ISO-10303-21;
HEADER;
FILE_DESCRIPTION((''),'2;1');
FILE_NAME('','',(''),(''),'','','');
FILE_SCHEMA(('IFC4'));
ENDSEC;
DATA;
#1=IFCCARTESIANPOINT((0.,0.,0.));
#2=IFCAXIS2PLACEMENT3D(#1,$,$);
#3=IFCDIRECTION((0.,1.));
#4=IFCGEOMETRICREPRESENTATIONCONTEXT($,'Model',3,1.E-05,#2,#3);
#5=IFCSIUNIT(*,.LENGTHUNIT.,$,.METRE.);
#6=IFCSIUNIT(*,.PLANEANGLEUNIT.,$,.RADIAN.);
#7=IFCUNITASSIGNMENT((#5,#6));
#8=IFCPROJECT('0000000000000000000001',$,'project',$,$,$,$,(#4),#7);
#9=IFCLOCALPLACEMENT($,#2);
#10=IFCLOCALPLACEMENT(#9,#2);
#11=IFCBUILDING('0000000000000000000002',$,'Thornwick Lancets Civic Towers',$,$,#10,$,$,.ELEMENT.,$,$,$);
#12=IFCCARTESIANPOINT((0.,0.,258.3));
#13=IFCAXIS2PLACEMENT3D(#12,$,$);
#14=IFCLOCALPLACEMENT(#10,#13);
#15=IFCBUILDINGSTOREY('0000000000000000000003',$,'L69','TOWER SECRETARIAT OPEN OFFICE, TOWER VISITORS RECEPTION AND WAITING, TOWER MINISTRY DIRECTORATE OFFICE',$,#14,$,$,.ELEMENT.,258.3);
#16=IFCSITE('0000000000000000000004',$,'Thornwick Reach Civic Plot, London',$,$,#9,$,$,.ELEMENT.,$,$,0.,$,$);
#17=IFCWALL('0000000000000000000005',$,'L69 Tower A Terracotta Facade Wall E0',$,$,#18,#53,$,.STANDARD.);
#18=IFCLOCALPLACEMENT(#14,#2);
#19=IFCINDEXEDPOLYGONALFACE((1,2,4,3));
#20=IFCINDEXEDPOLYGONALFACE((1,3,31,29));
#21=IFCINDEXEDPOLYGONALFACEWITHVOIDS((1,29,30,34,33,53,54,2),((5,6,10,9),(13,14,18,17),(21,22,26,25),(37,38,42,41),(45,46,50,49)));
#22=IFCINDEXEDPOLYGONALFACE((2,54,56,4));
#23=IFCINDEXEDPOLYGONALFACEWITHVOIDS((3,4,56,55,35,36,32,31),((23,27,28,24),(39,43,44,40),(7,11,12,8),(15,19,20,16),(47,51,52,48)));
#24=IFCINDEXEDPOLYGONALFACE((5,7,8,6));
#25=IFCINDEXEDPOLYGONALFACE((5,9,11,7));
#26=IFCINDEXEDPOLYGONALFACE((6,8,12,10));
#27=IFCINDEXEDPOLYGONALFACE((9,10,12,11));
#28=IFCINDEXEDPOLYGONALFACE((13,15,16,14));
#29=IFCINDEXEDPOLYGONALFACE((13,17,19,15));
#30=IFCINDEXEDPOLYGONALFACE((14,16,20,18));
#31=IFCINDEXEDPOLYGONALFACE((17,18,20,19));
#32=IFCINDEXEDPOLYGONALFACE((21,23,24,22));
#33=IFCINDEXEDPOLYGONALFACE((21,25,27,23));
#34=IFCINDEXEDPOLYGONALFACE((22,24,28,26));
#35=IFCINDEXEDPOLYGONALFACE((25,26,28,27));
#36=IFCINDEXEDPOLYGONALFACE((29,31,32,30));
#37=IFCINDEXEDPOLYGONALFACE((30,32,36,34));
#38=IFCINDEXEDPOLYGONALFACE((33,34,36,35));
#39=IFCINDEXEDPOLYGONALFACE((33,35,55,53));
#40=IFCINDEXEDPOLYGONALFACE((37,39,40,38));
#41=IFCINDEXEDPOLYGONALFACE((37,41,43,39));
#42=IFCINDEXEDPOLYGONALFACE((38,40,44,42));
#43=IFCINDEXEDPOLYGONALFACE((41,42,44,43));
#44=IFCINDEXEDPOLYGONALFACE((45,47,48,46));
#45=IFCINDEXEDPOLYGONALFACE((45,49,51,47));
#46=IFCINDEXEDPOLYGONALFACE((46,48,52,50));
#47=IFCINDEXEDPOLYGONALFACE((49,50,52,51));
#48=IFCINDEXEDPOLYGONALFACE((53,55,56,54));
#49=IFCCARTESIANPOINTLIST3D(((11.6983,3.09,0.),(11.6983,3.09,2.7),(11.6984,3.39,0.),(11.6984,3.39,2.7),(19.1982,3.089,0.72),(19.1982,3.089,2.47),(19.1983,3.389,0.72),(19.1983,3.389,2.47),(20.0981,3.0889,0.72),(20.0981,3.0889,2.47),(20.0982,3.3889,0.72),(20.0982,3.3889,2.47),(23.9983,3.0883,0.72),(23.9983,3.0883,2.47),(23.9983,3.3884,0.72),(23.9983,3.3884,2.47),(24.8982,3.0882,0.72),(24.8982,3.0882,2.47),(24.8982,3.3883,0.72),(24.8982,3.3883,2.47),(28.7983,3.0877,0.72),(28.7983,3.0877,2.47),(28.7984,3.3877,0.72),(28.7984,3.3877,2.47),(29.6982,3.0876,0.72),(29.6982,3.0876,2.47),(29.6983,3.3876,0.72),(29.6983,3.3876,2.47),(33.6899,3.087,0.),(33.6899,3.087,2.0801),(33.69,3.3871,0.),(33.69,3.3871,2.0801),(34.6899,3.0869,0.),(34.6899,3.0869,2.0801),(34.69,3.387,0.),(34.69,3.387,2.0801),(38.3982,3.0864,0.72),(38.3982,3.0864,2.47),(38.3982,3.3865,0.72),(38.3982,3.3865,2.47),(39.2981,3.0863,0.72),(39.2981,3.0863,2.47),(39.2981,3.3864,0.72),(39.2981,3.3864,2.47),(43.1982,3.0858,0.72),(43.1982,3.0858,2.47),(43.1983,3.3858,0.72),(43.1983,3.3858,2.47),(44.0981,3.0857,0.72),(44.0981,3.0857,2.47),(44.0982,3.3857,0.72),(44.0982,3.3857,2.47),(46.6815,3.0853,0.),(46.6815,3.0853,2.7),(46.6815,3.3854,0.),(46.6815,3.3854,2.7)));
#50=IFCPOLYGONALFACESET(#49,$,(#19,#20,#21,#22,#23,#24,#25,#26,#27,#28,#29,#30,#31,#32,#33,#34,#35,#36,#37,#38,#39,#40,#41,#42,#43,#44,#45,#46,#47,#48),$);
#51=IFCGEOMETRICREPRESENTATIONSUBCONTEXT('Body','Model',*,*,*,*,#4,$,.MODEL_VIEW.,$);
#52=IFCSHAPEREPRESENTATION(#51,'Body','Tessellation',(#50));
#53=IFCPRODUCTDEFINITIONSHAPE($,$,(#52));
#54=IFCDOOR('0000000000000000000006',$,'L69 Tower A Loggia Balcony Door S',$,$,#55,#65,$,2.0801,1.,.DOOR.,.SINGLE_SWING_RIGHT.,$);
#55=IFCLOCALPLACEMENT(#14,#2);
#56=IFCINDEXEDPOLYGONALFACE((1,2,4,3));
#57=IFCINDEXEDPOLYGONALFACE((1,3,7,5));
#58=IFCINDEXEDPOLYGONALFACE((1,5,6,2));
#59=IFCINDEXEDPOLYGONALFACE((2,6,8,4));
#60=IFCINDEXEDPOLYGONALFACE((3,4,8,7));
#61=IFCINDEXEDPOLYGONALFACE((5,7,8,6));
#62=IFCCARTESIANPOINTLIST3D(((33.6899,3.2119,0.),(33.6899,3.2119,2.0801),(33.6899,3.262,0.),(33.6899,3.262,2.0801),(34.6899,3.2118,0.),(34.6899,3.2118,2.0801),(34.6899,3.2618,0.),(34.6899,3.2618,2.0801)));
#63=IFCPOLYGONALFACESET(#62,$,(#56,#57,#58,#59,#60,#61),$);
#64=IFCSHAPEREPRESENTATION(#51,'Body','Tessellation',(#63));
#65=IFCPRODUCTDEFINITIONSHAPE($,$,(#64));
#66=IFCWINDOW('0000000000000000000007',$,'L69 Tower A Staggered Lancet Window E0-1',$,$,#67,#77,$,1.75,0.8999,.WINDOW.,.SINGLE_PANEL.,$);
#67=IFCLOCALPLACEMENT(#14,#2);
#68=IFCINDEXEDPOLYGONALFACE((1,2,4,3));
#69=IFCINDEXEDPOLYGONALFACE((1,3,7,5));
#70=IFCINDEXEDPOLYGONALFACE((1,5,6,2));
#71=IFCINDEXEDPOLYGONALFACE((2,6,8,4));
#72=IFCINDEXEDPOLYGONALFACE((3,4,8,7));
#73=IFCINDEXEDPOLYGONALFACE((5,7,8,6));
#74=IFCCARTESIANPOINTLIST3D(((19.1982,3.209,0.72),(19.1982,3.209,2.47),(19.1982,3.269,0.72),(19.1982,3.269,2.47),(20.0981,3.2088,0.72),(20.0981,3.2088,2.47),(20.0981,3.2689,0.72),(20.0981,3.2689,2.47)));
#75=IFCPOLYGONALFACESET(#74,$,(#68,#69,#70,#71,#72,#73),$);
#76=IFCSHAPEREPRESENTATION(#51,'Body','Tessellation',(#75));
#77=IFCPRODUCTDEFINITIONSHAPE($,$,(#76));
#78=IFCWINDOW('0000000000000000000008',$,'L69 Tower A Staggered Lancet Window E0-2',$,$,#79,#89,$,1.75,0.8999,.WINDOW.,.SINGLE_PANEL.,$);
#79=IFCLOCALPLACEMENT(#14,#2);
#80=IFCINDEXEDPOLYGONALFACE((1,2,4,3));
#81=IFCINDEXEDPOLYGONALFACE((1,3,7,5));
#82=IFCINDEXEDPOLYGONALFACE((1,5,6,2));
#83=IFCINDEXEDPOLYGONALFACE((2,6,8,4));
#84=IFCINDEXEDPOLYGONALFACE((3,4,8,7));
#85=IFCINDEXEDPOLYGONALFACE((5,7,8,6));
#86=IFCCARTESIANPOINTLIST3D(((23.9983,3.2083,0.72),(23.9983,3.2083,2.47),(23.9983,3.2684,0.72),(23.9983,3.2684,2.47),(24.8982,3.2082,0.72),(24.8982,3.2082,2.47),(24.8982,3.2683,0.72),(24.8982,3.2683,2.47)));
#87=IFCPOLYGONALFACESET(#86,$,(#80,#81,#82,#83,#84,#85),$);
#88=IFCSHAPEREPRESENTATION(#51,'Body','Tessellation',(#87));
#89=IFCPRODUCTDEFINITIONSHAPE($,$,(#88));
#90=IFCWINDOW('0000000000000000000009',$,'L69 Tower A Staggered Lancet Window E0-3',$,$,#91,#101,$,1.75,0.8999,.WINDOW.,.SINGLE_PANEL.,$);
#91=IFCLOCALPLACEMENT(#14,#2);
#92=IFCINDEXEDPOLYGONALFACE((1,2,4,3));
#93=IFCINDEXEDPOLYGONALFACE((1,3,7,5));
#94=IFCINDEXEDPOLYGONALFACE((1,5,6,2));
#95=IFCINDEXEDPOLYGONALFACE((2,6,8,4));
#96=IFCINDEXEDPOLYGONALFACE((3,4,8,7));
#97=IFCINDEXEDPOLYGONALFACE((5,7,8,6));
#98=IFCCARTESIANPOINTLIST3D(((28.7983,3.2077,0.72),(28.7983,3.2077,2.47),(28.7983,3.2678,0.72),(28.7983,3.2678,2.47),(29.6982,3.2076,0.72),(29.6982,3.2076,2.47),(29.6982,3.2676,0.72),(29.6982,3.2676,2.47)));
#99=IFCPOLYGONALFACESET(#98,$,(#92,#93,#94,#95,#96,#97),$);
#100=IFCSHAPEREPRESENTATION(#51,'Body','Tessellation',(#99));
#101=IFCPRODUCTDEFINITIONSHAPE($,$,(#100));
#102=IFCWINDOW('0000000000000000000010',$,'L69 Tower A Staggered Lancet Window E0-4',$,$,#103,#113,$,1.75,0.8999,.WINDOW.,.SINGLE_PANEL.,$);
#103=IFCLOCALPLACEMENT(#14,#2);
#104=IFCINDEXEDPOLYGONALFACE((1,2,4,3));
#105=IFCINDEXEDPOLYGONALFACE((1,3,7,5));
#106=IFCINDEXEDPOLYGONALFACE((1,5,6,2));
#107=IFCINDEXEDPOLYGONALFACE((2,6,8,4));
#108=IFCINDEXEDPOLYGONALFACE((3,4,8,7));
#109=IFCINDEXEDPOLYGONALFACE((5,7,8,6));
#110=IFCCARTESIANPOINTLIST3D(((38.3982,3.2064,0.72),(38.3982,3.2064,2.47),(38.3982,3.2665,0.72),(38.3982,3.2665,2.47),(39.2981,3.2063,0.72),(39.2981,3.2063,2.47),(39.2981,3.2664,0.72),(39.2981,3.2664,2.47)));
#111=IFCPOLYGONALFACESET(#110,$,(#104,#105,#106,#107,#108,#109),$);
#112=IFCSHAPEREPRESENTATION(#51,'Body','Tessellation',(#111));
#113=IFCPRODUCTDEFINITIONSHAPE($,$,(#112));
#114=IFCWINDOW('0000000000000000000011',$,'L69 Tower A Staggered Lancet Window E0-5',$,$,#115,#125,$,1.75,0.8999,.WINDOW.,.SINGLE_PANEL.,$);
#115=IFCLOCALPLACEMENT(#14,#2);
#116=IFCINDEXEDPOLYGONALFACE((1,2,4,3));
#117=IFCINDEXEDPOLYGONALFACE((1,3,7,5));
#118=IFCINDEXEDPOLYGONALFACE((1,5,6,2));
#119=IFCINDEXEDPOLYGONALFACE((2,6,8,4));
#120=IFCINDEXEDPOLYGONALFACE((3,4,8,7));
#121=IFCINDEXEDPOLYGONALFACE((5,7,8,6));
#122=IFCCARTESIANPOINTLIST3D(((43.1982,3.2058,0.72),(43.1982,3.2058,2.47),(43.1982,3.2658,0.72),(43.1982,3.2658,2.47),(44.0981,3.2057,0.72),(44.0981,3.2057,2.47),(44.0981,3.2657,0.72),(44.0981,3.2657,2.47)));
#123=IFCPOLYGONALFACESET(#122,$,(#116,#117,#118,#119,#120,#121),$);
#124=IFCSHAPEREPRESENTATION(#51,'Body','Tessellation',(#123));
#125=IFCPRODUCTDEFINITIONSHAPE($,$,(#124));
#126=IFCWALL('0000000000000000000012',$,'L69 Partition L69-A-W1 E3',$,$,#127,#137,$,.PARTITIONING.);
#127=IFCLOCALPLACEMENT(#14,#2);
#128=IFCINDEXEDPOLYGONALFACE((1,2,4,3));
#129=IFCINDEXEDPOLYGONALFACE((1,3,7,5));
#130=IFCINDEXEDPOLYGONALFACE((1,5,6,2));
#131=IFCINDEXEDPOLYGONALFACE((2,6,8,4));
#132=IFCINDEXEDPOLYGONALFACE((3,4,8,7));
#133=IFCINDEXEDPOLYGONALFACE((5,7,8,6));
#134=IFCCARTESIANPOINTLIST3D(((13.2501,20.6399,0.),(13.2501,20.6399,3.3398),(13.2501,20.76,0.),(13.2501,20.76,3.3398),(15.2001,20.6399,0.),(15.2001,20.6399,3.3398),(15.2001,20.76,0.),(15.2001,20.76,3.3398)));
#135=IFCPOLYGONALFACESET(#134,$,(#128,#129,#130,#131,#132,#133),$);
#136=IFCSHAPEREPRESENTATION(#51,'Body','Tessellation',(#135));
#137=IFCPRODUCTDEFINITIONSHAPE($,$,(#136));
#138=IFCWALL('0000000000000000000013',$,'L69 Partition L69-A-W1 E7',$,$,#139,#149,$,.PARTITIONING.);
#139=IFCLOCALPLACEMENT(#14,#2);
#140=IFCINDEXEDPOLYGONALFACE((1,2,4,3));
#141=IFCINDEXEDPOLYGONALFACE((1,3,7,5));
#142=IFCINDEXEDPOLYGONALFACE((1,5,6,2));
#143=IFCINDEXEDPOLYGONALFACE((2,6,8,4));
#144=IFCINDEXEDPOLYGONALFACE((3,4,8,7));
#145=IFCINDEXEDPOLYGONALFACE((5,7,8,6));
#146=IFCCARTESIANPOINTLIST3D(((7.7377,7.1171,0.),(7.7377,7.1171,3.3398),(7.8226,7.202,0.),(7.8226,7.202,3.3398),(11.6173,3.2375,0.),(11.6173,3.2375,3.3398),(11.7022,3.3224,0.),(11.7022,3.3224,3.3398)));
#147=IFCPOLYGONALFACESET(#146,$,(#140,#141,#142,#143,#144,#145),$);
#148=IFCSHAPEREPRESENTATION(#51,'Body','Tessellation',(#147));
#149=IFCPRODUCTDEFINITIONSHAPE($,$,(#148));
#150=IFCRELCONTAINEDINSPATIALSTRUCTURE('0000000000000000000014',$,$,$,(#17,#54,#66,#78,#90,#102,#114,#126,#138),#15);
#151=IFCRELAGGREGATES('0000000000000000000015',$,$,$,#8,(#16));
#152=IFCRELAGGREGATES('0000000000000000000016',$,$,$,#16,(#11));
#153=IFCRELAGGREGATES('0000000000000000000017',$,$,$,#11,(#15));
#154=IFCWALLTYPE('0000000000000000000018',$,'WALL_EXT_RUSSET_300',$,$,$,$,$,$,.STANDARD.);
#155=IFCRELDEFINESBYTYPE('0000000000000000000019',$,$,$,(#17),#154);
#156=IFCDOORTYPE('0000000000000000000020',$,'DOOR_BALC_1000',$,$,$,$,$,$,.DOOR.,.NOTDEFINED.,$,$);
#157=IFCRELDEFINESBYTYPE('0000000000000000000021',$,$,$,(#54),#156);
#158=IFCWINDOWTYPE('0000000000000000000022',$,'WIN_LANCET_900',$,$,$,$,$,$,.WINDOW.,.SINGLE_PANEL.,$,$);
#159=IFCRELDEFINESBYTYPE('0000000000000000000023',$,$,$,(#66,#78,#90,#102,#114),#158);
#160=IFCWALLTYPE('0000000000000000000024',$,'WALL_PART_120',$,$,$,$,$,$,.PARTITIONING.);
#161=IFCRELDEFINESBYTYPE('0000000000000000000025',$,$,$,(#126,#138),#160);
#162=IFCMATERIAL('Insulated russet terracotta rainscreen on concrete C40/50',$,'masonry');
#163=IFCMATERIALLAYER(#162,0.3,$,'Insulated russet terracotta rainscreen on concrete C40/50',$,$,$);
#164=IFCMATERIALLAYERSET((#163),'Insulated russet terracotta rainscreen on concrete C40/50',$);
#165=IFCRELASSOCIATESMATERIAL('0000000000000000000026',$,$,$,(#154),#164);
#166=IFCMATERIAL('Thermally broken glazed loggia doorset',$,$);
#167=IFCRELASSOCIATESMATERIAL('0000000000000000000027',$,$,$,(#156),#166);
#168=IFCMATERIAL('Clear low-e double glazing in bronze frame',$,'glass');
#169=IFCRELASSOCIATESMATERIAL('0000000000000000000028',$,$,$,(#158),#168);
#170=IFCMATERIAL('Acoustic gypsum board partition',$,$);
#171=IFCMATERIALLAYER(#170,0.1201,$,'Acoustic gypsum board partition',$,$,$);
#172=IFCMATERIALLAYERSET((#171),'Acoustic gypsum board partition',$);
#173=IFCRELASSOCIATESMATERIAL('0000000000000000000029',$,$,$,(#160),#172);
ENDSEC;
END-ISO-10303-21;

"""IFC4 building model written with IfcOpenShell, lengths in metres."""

from ifc_helpers import new_model, si_unit, direction, frame, frame_2d, origin, place, context, subcontext, project, spatial, rectangle, extrude, material, layer, layer_set, type_object, element, fill, save


model = new_model("IFC4")

# Units and contexts
model_context = context("Model", 3, precision=1e-05, world=origin(), true_north=direction((0.0, 1.0)))
body_context = subcontext(model_context, "Body", "Model", "MODEL_VIEW")
ifc_project = project(units=[si_unit("LENGTHUNIT", "METRE"), si_unit("PLANEANGLEUNIT", "RADIAN")], contexts=[model_context])

# Site, building, storey
site_placement = place(None, origin())
site = spatial("IfcSite", under=ifc_project, at=site_placement, Name="Thornwick Reach Civic Plot, London", CompositionType="ELEMENT", RefElevation=0.0)
building_placement = place(site_placement, origin())
building = spatial("IfcBuilding", under=site, at=building_placement, Name="Thornwick Lancets Civic Towers", CompositionType="ELEMENT")
storey_placement = place(building_placement, frame((0.0, 0.0, 258.3)))
storey = spatial("IfcBuildingStorey", under=building, at=storey_placement, Name="L69", Description="TOWER SECRETARIAT OPEN OFFICE, TOWER VISITORS RECEPTION AND WAITING, TOWER MINISTRY DIRECTORATE OFFICE", CompositionType="ELEMENT", Elevation=258.3)

# Wall, openings, door, windows
ifc_material_1 = material(Name="Insulated russet terracotta rainscreen on concrete C40/50", Category="masonry")
ifc_layer_1 = layer(ifc_material_1, 0.3, Name="Insulated russet terracotta rainscreen on concrete C40/50")
ifc_layer_set_1 = layer_set([ifc_layer_1], Name="Insulated russet terracotta rainscreen on concrete C40/50")
wall_type_1 = type_object("IfcWallType", Name="WALL_EXT_RUSSET_300", PredefinedType="STANDARD", material=ifc_layer_set_1)
wall_1_placement = place(storey_placement, frame((11.6982, 3.24, 0.0), z_axis=(0.0, 0.0, 1.0), x_axis=(1.0, -0.000133, 0.0)))
wall_1 = element("IfcWall", 1, at=wall_1_placement, inside=storey, type_object=wall_type_1, Name="L69 Tower A Terracotta Facade Wall E0", PredefinedType="STANDARD", context=body_context, shape_type="SweptSolid", body=[
    extrude(rectangle(XDim=34.9832, YDim=0.3, at=frame_2d((17.4917, 0.0))), origin(), (0.0, 0.0, 1.0), 2.7),
])
opening_1_placement = place(wall_1_placement, frame((21.9917, 0.0, 0.0)))
opening_1 = element("IfcOpeningElement", 2, at=opening_1_placement, cuts=wall_1, PredefinedType="OPENING", context=body_context, shape_type="SweptSolid", body=[
    extrude(rectangle(XDim=1.0, YDim=2.0801, at=frame_2d((0.5, 1.04))), frame((0.0, 0.1602, 0.0), z_axis=(0.0, -1.0, 0.0), x_axis=(1.0, 0.0, 0.0)), (0.0, 0.0, 1.0), 0.3201),
])
opening_2_placement = place(wall_1_placement, frame((7.5, 0.0, 0.72)))
opening_2 = element("IfcOpeningElement", 3, at=opening_2_placement, cuts=wall_1, PredefinedType="OPENING", context=body_context, shape_type="SweptSolid", body=[
    extrude(rectangle(XDim=0.8999, YDim=1.75, at=frame_2d((0.45, 0.875))), frame((0.0, 0.1602, 0.0), z_axis=(0.0, -1.0, 0.0), x_axis=(1.0, 0.0, 0.0)), (0.0, 0.0, 1.0), 0.3201),
])
opening_3_placement = place(wall_1_placement, frame((12.3, 0.0, 0.72)))
opening_3 = element("IfcOpeningElement", 4, at=opening_3_placement, cuts=wall_1, PredefinedType="OPENING", context=body_context, shape_type="SweptSolid", body=[
    extrude(rectangle(XDim=0.8999, YDim=1.75, at=frame_2d((0.45, 0.875))), frame((0.0, 0.1602, 0.0), z_axis=(0.0, -1.0, 0.0), x_axis=(1.0, 0.0, 0.0)), (0.0, 0.0, 1.0), 0.3201),
])
opening_4_placement = place(wall_1_placement, frame((17.1001, 0.0, 0.72)))
opening_4 = element("IfcOpeningElement", 5, at=opening_4_placement, cuts=wall_1, PredefinedType="OPENING", context=body_context, shape_type="SweptSolid", body=[
    extrude(rectangle(XDim=0.8999, YDim=1.75, at=frame_2d((0.45, 0.875))), frame((0.0, 0.1602, 0.0), z_axis=(0.0, -1.0, 0.0), x_axis=(1.0, 0.0, 0.0)), (0.0, 0.0, 1.0), 0.3201),
])
opening_5_placement = place(wall_1_placement, frame((26.7, 0.0, 0.72)))
opening_5 = element("IfcOpeningElement", 6, at=opening_5_placement, cuts=wall_1, PredefinedType="OPENING", context=body_context, shape_type="SweptSolid", body=[
    extrude(rectangle(XDim=0.8999, YDim=1.75, at=frame_2d((0.45, 0.875))), frame((0.0, 0.1602, 0.0), z_axis=(0.0, -1.0, 0.0), x_axis=(1.0, 0.0, 0.0)), (0.0, 0.0, 1.0), 0.3201),
])
opening_6_placement = place(wall_1_placement, frame((31.5, 0.0, 0.72)))
opening_6 = element("IfcOpeningElement", 7, at=opening_6_placement, cuts=wall_1, PredefinedType="OPENING", context=body_context, shape_type="SweptSolid", body=[
    extrude(rectangle(XDim=0.8999, YDim=1.75, at=frame_2d((0.45, 0.875))), frame((0.0, 0.1602, 0.0), z_axis=(0.0, -1.0, 0.0), x_axis=(1.0, 0.0, 0.0)), (0.0, 0.0, 1.0), 0.3201),
])
ifc_material_2 = material(Name="Thermally broken glazed loggia doorset")
door_type = type_object("IfcDoorType", Name="DOOR_BALC_1000", OperationType="NOTDEFINED", PredefinedType="DOOR", material=ifc_material_2)
door_placement = place(opening_1_placement, origin())
door = element("IfcDoor", 8, at=door_placement, inside=storey, type_object=door_type, Name="L69 Tower A Loggia Balcony Door S", OperationType="SINGLE_SWING_RIGHT", OverallHeight=2.0801, OverallWidth=1.0, PredefinedType="DOOR", context=body_context, shape_type="SweptSolid", body=[
    extrude(rectangle(XDim=1.0, YDim=2.0801, at=frame_2d((0.5, 1.04))), frame((0.0, 0.0249, 0.0), z_axis=(0.0, -1.0, 0.0), x_axis=(1.0, 0.0, 0.0)), (0.0, 0.0, 1.0), 0.05),
])
fill(opening_1, door)
ifc_material_3 = material(Name="Clear low-e double glazing in bronze frame", Category="glass")
window_type = type_object("IfcWindowType", Name="WIN_LANCET_900", PartitioningType="SINGLE_PANEL", PredefinedType="WINDOW", material=ifc_material_3)
window_1_placement = place(opening_2_placement, origin())
window_1 = element("IfcWindow", 9, at=window_1_placement, inside=storey, type_object=window_type, Name="L69 Tower A Staggered Lancet Window E0-1", OverallHeight=1.75, OverallWidth=0.8999, PartitioningType="SINGLE_PANEL", PredefinedType="WINDOW", context=body_context, shape_type="SweptSolid", body=[
    extrude(rectangle(XDim=0.8999, YDim=1.75, at=frame_2d((0.45, 0.875))), frame((0.0, 0.03, 0.0), z_axis=(0.0, -1.0, 0.0), x_axis=(1.0, 0.0, 0.0)), (0.0, 0.0, 1.0), 0.0601),
])
fill(opening_2, window_1)
window_2_placement = place(opening_3_placement, origin())
window_2 = element("IfcWindow", 10, at=window_2_placement, inside=storey, type_object=window_type, Name="L69 Tower A Staggered Lancet Window E0-2", OverallHeight=1.75, OverallWidth=0.8999, PartitioningType="SINGLE_PANEL", PredefinedType="WINDOW", context=body_context, shape_type="SweptSolid", body=[
    extrude(rectangle(XDim=0.8999, YDim=1.75, at=frame_2d((0.45, 0.875))), frame((0.0, 0.03, 0.0), z_axis=(0.0, -1.0, 0.0), x_axis=(1.0, 0.0, 0.0)), (0.0, 0.0, 1.0), 0.0601),
])
fill(opening_3, window_2)
window_3_placement = place(opening_4_placement, origin())
window_3 = element("IfcWindow", 11, at=window_3_placement, inside=storey, type_object=window_type, Name="L69 Tower A Staggered Lancet Window E0-3", OverallHeight=1.75, OverallWidth=0.8999, PartitioningType="SINGLE_PANEL", PredefinedType="WINDOW", context=body_context, shape_type="SweptSolid", body=[
    extrude(rectangle(XDim=0.8999, YDim=1.75, at=frame_2d((0.45, 0.875))), frame((0.0, 0.03, 0.0), z_axis=(0.0, -1.0, 0.0), x_axis=(1.0, 0.0, 0.0)), (0.0, 0.0, 1.0), 0.0601),
])
fill(opening_4, window_3)
window_4_placement = place(opening_5_placement, origin())
window_4 = element("IfcWindow", 12, at=window_4_placement, inside=storey, type_object=window_type, Name="L69 Tower A Staggered Lancet Window E0-4", OverallHeight=1.75, OverallWidth=0.8999, PartitioningType="SINGLE_PANEL", PredefinedType="WINDOW", context=body_context, shape_type="SweptSolid", body=[
    extrude(rectangle(XDim=0.8999, YDim=1.75, at=frame_2d((0.45, 0.875))), frame((0.0, 0.03, 0.0), z_axis=(0.0, -1.0, 0.0), x_axis=(1.0, 0.0, 0.0)), (0.0, 0.0, 1.0), 0.0601),
])
fill(opening_5, window_4)
window_5_placement = place(opening_6_placement, origin())
window_5 = element("IfcWindow", 13, at=window_5_placement, inside=storey, type_object=window_type, Name="L69 Tower A Staggered Lancet Window E0-5", OverallHeight=1.75, OverallWidth=0.8999, PartitioningType="SINGLE_PANEL", PredefinedType="WINDOW", context=body_context, shape_type="SweptSolid", body=[
    extrude(rectangle(XDim=0.8999, YDim=1.75, at=frame_2d((0.45, 0.875))), frame((0.0, 0.03, 0.0), z_axis=(0.0, -1.0, 0.0), x_axis=(1.0, 0.0, 0.0)), (0.0, 0.0, 1.0), 0.0601),
])
fill(opening_6, window_5)

# Walls
ifc_material_4 = material(Name="Acoustic gypsum board partition")
ifc_layer_2 = layer(ifc_material_4, 0.1201, Name="Acoustic gypsum board partition")
ifc_layer_set_2 = layer_set([ifc_layer_2], Name="Acoustic gypsum board partition")
wall_type_2 = type_object("IfcWallType", Name="WALL_PART_120", PredefinedType="PARTITIONING", material=ifc_layer_set_2)
wall_2_placement = place(storey_placement, frame((13.25, 20.7, 0.0), z_axis=(0.0, 0.0, 1.0), x_axis=(1.0, 0.0, 0.0)))
element("IfcWall", 14, at=wall_2_placement, inside=storey, type_object=wall_type_2, Name="L69 Partition L69-A-W1 E3", PredefinedType="PARTITIONING", context=body_context, shape_type="SweptSolid", body=[
    extrude(rectangle(XDim=1.95, YDim=0.1201, at=frame_2d((0.9751, 0.0))), origin(), (0.0, 0.0, 1.0), 3.3398),
])
wall_3_placement = place(storey_placement, frame((11.6597, 3.28, 0.0), z_axis=(0.0, 0.0, 1.0), x_axis=(-0.707107, 0.707107, 0.0)))
element("IfcWall", 15, at=wall_3_placement, inside=storey, type_object=wall_type_2, Name="L69 Partition L69-A-W1 E7", PredefinedType="PARTITIONING", context=body_context, shape_type="SweptSolid", body=[
    extrude(rectangle(XDim=5.4866, YDim=0.1201, at=frame_2d((2.7432, 0.0))), origin(), (0.0, 0.0, 1.0), 3.3398),
])

save(model, "model.ifc")
